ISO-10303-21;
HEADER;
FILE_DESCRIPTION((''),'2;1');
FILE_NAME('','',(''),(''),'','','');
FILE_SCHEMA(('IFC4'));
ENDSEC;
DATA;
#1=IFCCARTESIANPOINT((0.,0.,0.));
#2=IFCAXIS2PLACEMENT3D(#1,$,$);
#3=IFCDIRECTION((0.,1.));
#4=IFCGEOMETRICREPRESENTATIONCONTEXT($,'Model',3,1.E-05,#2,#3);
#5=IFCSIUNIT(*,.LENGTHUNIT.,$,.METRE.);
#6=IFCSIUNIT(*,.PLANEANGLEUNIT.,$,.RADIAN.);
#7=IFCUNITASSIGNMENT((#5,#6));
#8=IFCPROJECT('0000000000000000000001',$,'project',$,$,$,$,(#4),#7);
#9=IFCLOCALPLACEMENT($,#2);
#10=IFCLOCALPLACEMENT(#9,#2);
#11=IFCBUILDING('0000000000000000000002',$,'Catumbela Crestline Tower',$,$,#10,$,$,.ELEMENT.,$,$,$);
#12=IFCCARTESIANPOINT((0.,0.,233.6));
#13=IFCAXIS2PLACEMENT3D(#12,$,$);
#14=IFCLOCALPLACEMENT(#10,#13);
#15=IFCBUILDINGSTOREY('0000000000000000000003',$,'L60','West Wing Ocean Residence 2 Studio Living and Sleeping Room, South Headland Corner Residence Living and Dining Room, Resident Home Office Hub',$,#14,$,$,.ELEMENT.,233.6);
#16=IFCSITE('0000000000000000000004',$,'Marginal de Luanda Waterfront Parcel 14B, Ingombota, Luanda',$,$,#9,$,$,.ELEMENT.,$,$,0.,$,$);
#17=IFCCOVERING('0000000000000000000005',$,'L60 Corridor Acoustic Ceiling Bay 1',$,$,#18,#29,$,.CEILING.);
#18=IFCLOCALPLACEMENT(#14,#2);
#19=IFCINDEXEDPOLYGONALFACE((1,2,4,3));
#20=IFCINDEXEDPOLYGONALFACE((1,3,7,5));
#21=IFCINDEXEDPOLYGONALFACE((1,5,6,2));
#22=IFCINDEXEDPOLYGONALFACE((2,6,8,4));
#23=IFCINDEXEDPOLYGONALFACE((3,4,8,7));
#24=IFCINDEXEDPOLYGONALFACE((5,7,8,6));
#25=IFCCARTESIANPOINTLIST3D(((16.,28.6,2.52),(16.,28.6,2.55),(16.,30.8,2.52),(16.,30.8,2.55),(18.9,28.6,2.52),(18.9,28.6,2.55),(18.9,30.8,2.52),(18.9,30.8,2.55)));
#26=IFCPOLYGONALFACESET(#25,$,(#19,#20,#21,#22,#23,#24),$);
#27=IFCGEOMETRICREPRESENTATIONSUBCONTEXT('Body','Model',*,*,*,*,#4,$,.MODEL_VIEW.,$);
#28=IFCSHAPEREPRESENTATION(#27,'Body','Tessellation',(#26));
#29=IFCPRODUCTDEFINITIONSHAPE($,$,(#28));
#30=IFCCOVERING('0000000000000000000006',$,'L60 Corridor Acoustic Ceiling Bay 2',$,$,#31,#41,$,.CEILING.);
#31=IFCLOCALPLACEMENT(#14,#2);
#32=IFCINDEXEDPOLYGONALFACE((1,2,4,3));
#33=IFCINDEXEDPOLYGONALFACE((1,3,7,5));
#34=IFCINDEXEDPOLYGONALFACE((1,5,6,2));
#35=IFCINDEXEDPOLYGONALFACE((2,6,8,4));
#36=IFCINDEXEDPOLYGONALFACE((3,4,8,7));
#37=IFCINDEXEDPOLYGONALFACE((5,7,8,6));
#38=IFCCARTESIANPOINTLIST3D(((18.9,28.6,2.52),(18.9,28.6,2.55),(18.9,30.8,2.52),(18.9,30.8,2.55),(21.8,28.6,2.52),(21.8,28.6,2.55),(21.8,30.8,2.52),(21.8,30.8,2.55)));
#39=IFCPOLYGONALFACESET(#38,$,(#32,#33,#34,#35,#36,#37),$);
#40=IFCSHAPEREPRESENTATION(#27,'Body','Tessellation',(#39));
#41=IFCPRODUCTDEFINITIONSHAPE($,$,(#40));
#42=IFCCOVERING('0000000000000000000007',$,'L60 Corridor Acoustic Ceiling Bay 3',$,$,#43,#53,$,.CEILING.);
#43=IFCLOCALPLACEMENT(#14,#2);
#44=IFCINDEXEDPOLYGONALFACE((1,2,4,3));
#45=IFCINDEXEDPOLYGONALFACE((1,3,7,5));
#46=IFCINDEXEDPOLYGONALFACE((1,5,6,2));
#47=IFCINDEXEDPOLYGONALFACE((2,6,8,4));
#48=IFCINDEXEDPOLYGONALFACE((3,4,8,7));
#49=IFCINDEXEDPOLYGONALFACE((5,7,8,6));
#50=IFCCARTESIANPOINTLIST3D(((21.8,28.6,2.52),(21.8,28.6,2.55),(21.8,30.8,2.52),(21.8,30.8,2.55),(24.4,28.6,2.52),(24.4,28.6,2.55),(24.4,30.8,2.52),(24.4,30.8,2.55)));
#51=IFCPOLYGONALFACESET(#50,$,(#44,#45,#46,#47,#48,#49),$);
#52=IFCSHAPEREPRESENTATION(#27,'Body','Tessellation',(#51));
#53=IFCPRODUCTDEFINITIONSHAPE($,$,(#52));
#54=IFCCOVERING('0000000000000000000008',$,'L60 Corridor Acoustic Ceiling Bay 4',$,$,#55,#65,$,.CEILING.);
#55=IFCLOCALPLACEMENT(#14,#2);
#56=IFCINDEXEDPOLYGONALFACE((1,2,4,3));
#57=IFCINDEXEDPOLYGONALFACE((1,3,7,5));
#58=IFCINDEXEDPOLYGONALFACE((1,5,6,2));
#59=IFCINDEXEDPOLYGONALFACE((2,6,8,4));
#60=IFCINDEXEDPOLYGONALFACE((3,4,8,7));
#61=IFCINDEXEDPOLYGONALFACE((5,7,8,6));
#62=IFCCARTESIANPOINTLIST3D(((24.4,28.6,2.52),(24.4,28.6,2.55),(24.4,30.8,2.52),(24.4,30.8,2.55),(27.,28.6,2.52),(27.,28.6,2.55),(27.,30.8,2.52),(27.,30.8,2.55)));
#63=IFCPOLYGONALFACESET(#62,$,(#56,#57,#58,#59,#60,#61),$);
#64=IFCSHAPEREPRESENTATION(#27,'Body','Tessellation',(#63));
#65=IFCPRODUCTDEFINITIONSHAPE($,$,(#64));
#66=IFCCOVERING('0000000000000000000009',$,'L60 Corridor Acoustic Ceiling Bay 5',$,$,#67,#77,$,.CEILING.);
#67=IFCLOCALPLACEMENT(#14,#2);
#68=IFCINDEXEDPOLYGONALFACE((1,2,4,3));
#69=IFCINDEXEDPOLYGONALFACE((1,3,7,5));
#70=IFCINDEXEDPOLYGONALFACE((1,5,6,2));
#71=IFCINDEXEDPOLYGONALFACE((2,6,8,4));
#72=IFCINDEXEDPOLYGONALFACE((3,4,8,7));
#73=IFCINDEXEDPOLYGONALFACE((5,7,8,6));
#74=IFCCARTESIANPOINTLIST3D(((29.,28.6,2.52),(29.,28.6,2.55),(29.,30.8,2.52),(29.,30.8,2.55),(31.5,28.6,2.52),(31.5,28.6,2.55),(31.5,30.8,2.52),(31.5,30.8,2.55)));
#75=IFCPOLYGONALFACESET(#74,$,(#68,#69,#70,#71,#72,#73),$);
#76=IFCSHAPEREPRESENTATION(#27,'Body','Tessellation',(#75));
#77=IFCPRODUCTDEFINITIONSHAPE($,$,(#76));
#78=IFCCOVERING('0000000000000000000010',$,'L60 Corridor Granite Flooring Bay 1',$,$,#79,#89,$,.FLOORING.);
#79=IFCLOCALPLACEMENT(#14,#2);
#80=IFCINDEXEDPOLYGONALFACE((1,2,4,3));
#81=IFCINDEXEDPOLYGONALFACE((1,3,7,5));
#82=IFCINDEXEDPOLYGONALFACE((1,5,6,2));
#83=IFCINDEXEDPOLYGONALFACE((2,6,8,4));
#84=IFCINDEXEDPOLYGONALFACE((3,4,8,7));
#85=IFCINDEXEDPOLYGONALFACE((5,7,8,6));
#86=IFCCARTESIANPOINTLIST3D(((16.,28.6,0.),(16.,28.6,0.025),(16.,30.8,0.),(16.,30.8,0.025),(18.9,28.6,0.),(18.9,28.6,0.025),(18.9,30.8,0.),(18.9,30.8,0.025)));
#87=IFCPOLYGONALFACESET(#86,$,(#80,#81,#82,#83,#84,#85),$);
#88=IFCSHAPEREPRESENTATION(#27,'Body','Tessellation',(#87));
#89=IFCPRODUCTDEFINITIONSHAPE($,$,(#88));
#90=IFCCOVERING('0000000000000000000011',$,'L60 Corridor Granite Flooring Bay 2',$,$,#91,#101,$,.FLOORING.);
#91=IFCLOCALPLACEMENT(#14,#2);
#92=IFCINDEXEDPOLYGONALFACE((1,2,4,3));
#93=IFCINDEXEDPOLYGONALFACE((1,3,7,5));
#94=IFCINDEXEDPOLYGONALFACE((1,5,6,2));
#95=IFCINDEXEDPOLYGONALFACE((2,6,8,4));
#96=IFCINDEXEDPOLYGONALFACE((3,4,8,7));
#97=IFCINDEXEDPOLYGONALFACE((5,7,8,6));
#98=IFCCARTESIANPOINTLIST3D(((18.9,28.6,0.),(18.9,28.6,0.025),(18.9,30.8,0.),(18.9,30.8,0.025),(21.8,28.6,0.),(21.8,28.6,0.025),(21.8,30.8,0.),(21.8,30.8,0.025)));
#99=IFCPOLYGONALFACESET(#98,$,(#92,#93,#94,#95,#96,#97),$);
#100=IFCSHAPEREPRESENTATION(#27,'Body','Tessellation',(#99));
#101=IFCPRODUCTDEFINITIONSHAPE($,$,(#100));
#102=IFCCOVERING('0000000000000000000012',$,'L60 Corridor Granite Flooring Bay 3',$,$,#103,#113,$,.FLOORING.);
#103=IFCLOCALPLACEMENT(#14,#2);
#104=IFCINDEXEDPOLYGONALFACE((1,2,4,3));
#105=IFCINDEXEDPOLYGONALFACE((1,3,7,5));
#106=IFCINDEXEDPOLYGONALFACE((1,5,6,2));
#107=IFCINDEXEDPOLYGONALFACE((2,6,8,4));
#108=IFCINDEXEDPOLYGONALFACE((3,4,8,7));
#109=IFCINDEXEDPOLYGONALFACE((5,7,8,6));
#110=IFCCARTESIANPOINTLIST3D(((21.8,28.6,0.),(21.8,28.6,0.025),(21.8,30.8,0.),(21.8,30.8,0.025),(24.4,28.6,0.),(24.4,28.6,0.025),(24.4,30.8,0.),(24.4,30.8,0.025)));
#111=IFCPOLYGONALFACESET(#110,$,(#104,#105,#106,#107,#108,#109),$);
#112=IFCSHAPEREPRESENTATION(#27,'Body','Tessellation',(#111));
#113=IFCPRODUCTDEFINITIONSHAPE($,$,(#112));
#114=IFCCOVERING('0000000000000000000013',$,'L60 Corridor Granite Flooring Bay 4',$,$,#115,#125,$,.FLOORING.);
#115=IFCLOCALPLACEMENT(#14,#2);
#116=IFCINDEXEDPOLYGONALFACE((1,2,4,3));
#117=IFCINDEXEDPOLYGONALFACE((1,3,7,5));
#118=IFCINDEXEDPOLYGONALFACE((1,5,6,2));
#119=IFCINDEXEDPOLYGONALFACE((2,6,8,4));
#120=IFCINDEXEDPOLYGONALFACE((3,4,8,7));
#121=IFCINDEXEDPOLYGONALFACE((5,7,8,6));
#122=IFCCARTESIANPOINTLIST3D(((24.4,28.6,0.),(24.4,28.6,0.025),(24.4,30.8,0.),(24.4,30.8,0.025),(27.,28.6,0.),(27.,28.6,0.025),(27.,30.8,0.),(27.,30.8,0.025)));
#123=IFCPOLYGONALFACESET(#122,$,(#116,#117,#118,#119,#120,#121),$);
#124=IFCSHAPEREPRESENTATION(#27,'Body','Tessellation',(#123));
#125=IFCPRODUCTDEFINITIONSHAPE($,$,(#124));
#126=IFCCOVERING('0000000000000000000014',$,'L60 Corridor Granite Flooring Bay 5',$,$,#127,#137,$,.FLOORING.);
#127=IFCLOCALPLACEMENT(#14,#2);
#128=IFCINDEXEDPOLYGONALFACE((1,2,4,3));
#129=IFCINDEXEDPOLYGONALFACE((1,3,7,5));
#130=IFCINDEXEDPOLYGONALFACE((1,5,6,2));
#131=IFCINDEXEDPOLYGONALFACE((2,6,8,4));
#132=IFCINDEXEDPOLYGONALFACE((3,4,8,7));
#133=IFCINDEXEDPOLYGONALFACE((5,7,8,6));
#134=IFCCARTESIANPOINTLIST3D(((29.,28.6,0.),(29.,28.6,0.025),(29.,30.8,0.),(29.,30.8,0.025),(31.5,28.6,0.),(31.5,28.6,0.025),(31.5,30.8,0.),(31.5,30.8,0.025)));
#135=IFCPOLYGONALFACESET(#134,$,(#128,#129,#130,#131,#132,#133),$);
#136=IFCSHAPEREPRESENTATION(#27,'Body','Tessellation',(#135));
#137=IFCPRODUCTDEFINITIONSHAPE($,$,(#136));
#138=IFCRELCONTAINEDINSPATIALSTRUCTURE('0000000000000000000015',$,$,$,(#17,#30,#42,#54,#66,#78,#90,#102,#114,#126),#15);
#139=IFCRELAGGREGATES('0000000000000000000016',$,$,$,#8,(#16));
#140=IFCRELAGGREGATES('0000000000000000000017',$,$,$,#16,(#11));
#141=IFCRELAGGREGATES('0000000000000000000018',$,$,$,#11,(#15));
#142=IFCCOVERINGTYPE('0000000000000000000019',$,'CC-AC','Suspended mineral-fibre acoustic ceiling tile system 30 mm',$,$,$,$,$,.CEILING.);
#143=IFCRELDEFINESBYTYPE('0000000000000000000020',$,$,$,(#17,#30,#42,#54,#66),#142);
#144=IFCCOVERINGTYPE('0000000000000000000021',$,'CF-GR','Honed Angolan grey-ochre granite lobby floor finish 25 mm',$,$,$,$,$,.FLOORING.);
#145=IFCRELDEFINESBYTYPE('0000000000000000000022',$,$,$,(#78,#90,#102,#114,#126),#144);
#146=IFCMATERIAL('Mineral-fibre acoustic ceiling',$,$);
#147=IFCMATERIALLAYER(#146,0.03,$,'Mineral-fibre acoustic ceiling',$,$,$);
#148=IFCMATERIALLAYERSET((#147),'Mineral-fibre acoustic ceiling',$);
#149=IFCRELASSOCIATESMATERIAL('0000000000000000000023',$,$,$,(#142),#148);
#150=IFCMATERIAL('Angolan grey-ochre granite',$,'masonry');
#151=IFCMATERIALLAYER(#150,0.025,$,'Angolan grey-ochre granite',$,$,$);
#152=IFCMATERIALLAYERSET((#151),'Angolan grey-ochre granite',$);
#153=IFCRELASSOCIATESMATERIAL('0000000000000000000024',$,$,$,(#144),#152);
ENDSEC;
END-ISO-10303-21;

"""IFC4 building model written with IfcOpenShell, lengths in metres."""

from ifc_helpers import new_model, si_unit, direction, frame, origin, place, context, subcontext, project, spatial, polyline, outline, extrude, material, layer, layer_set, type_object, element, save


model = new_model("IFC4")

# Units and contexts
model_context = context("Model", 3, precision=1e-05, world=origin(), true_north=direction((0.0, 1.0)))
body_context = subcontext(model_context, "Body", "Model", "MODEL_VIEW")
ifc_project = project(units=[si_unit("LENGTHUNIT", "METRE"), si_unit("PLANEANGLEUNIT", "RADIAN")], contexts=[model_context])

# Site, building, storey
site_placement = place(None, origin())
site = spatial("IfcSite", under=ifc_project, at=site_placement, Name="Marginal de Luanda Waterfront Parcel 14B, Ingombota, Luanda", CompositionType="ELEMENT", RefElevation=0.0)
building_placement = place(site_placement, origin())
building = spatial("IfcBuilding", under=site, at=building_placement, Name="Catumbela Crestline Tower", CompositionType="ELEMENT")
storey_placement = place(building_placement, frame((0.0, 0.0, 233.6)))
storey = spatial("IfcBuildingStorey", under=building, at=storey_placement, Name="L60", Description="West Wing Ocean Residence 2 Studio Living and Sleeping Room, South Headland Corner Residence Living and Dining Room, Resident Home Office Hub", CompositionType="ELEMENT", Elevation=233.6)

# Coverings
ifc_material_1 = material(Name="Mineral-fibre acoustic ceiling")
ifc_layer_1 = layer(ifc_material_1, 0.03, Name="Mineral-fibre acoustic ceiling")
ifc_layer_set_1 = layer_set([ifc_layer_1], Name="Mineral-fibre acoustic ceiling")
covering_type_1 = type_object("IfcCoveringType", Name="CC-AC", Description="Suspended mineral-fibre acoustic ceiling tile system 30 mm", PredefinedType="CEILING", material=ifc_layer_set_1)
covering_1_placement = place(storey_placement, frame((0.0, 0.0, 2.52)))
element("IfcCovering", 1, at=covering_1_placement, inside=storey, type_object=covering_type_1, Name="L60 Corridor Acoustic Ceiling Bay 1", PredefinedType="CEILING", context=body_context, shape_type="SweptSolid", body=[
    extrude(outline(polyline([(16.0, 28.6), (18.9, 28.6), (18.9, 30.8), (16.0, 30.8), (16.0, 28.6)])), origin(), (0.0, 0.0, 1.0), 0.03),
])
covering_2_placement = place(storey_placement, frame((0.0, 0.0, 2.52)))
element("IfcCovering", 2, at=covering_2_placement, inside=storey, type_object=covering_type_1, Name="L60 Corridor Acoustic Ceiling Bay 2", PredefinedType="CEILING", context=body_context, shape_type="SweptSolid", body=[
    extrude(outline(polyline([(18.9, 28.6), (21.8, 28.6), (21.8, 30.8), (18.9, 30.8), (18.9, 28.6)])), origin(), (0.0, 0.0, 1.0), 0.03),
])
covering_3_placement = place(storey_placement, frame((0.0, 0.0, 2.52)))
element("IfcCovering", 3, at=covering_3_placement, inside=storey, type_object=covering_type_1, Name="L60 Corridor Acoustic Ceiling Bay 3", PredefinedType="CEILING", context=body_context, shape_type="SweptSolid", body=[
    extrude(outline(polyline([(21.8, 28.6), (24.4, 28.6), (24.4, 30.8), (21.8, 30.8), (21.8, 28.6)])), origin(), (0.0, 0.0, 1.0), 0.03),
])
covering_4_placement = place(storey_placement, frame((0.0, 0.0, 2.52)))
element("IfcCovering", 4, at=covering_4_placement, inside=storey, type_object=covering_type_1, Name="L60 Corridor Acoustic Ceiling Bay 4", PredefinedType="CEILING", context=body_context, shape_type="SweptSolid", body=[
    extrude(outline(polyline([(24.4, 28.6), (27.0, 28.6), (27.0, 30.8), (24.4, 30.8), (24.4, 28.6)])), origin(), (0.0, 0.0, 1.0), 0.03),
])
covering_5_placement = place(storey_placement, frame((0.0, 0.0, 2.52)))
element("IfcCovering", 5, at=covering_5_placement, inside=storey, type_object=covering_type_1, Name="L60 Corridor Acoustic Ceiling Bay 5", PredefinedType="CEILING", context=body_context, shape_type="SweptSolid", body=[
    extrude(outline(polyline([(29.0, 28.6), (31.5, 28.6), (31.5, 30.8), (29.0, 30.8), (29.0, 28.6)])), origin(), (0.0, 0.0, 1.0), 0.03),
])
ifc_material_2 = material(Name="Angolan grey-ochre granite", Category="masonry")
ifc_layer_2 = layer(ifc_material_2, 0.025, Name="Angolan grey-ochre granite")
ifc_layer_set_2 = layer_set([ifc_layer_2], Name="Angolan grey-ochre granite")
covering_type_2 = type_object("IfcCoveringType", Name="CF-GR", Description="Honed Angolan grey-ochre granite lobby floor finish 25 mm", PredefinedType="FLOORING", material=ifc_layer_set_2)
covering_6_placement = place(storey_placement, origin())
element("IfcCovering", 6, at=covering_6_placement, inside=storey, type_object=covering_type_2, Name="L60 Corridor Granite Flooring Bay 1", PredefinedType="FLOORING", context=body_context, shape_type="SweptSolid", body=[
    extrude(outline(polyline([(16.0, 28.6), (18.9, 28.6), (18.9, 30.8), (16.0, 30.8), (16.0, 28.6)])), origin(), (0.0, 0.0, 1.0), 0.025),
])
covering_7_placement = place(storey_placement, origin())
element("IfcCovering", 7, at=covering_7_placement, inside=storey, type_object=covering_type_2, Name="L60 Corridor Granite Flooring Bay 2", PredefinedType="FLOORING", context=body_context, shape_type="SweptSolid", body=[
    extrude(outline(polyline([(18.9, 28.6), (21.8, 28.6), (21.8, 30.8), (18.9, 30.8), (18.9, 28.6)])), origin(), (0.0, 0.0, 1.0), 0.025),
])
covering_8_placement = place(storey_placement, origin())
element("IfcCovering", 8, at=covering_8_placement, inside=storey, type_object=covering_type_2, Name="L60 Corridor Granite Flooring Bay 3", PredefinedType="FLOORING", context=body_context, shape_type="SweptSolid", body=[
    extrude(outline(polyline([(21.8, 28.6), (24.4, 28.6), (24.4, 30.8), (21.8, 30.8), (21.8, 28.6)])), origin(), (0.0, 0.0, 1.0), 0.025),
])
covering_9_placement = place(storey_placement, origin())
element("IfcCovering", 9, at=covering_9_placement, inside=storey, type_object=covering_type_2, Name="L60 Corridor Granite Flooring Bay 4", PredefinedType="FLOORING", context=body_context, shape_type="SweptSolid", body=[
    extrude(outline(polyline([(24.4, 28.6), (27.0, 28.6), (27.0, 30.8), (24.4, 30.8), (24.4, 28.6)])), origin(), (0.0, 0.0, 1.0), 0.025),
])
covering_10_placement = place(storey_placement, origin())
element("IfcCovering", 10, at=covering_10_placement, inside=storey, type_object=covering_type_2, Name="L60 Corridor Granite Flooring Bay 5", PredefinedType="FLOORING", context=body_context, shape_type="SweptSolid", body=[
    extrude(outline(polyline([(29.0, 28.6), (31.5, 28.6), (31.5, 30.8), (29.0, 30.8), (29.0, 28.6)])), origin(), (0.0, 0.0, 1.0), 0.025),
])

save(model, "model.ifc")
